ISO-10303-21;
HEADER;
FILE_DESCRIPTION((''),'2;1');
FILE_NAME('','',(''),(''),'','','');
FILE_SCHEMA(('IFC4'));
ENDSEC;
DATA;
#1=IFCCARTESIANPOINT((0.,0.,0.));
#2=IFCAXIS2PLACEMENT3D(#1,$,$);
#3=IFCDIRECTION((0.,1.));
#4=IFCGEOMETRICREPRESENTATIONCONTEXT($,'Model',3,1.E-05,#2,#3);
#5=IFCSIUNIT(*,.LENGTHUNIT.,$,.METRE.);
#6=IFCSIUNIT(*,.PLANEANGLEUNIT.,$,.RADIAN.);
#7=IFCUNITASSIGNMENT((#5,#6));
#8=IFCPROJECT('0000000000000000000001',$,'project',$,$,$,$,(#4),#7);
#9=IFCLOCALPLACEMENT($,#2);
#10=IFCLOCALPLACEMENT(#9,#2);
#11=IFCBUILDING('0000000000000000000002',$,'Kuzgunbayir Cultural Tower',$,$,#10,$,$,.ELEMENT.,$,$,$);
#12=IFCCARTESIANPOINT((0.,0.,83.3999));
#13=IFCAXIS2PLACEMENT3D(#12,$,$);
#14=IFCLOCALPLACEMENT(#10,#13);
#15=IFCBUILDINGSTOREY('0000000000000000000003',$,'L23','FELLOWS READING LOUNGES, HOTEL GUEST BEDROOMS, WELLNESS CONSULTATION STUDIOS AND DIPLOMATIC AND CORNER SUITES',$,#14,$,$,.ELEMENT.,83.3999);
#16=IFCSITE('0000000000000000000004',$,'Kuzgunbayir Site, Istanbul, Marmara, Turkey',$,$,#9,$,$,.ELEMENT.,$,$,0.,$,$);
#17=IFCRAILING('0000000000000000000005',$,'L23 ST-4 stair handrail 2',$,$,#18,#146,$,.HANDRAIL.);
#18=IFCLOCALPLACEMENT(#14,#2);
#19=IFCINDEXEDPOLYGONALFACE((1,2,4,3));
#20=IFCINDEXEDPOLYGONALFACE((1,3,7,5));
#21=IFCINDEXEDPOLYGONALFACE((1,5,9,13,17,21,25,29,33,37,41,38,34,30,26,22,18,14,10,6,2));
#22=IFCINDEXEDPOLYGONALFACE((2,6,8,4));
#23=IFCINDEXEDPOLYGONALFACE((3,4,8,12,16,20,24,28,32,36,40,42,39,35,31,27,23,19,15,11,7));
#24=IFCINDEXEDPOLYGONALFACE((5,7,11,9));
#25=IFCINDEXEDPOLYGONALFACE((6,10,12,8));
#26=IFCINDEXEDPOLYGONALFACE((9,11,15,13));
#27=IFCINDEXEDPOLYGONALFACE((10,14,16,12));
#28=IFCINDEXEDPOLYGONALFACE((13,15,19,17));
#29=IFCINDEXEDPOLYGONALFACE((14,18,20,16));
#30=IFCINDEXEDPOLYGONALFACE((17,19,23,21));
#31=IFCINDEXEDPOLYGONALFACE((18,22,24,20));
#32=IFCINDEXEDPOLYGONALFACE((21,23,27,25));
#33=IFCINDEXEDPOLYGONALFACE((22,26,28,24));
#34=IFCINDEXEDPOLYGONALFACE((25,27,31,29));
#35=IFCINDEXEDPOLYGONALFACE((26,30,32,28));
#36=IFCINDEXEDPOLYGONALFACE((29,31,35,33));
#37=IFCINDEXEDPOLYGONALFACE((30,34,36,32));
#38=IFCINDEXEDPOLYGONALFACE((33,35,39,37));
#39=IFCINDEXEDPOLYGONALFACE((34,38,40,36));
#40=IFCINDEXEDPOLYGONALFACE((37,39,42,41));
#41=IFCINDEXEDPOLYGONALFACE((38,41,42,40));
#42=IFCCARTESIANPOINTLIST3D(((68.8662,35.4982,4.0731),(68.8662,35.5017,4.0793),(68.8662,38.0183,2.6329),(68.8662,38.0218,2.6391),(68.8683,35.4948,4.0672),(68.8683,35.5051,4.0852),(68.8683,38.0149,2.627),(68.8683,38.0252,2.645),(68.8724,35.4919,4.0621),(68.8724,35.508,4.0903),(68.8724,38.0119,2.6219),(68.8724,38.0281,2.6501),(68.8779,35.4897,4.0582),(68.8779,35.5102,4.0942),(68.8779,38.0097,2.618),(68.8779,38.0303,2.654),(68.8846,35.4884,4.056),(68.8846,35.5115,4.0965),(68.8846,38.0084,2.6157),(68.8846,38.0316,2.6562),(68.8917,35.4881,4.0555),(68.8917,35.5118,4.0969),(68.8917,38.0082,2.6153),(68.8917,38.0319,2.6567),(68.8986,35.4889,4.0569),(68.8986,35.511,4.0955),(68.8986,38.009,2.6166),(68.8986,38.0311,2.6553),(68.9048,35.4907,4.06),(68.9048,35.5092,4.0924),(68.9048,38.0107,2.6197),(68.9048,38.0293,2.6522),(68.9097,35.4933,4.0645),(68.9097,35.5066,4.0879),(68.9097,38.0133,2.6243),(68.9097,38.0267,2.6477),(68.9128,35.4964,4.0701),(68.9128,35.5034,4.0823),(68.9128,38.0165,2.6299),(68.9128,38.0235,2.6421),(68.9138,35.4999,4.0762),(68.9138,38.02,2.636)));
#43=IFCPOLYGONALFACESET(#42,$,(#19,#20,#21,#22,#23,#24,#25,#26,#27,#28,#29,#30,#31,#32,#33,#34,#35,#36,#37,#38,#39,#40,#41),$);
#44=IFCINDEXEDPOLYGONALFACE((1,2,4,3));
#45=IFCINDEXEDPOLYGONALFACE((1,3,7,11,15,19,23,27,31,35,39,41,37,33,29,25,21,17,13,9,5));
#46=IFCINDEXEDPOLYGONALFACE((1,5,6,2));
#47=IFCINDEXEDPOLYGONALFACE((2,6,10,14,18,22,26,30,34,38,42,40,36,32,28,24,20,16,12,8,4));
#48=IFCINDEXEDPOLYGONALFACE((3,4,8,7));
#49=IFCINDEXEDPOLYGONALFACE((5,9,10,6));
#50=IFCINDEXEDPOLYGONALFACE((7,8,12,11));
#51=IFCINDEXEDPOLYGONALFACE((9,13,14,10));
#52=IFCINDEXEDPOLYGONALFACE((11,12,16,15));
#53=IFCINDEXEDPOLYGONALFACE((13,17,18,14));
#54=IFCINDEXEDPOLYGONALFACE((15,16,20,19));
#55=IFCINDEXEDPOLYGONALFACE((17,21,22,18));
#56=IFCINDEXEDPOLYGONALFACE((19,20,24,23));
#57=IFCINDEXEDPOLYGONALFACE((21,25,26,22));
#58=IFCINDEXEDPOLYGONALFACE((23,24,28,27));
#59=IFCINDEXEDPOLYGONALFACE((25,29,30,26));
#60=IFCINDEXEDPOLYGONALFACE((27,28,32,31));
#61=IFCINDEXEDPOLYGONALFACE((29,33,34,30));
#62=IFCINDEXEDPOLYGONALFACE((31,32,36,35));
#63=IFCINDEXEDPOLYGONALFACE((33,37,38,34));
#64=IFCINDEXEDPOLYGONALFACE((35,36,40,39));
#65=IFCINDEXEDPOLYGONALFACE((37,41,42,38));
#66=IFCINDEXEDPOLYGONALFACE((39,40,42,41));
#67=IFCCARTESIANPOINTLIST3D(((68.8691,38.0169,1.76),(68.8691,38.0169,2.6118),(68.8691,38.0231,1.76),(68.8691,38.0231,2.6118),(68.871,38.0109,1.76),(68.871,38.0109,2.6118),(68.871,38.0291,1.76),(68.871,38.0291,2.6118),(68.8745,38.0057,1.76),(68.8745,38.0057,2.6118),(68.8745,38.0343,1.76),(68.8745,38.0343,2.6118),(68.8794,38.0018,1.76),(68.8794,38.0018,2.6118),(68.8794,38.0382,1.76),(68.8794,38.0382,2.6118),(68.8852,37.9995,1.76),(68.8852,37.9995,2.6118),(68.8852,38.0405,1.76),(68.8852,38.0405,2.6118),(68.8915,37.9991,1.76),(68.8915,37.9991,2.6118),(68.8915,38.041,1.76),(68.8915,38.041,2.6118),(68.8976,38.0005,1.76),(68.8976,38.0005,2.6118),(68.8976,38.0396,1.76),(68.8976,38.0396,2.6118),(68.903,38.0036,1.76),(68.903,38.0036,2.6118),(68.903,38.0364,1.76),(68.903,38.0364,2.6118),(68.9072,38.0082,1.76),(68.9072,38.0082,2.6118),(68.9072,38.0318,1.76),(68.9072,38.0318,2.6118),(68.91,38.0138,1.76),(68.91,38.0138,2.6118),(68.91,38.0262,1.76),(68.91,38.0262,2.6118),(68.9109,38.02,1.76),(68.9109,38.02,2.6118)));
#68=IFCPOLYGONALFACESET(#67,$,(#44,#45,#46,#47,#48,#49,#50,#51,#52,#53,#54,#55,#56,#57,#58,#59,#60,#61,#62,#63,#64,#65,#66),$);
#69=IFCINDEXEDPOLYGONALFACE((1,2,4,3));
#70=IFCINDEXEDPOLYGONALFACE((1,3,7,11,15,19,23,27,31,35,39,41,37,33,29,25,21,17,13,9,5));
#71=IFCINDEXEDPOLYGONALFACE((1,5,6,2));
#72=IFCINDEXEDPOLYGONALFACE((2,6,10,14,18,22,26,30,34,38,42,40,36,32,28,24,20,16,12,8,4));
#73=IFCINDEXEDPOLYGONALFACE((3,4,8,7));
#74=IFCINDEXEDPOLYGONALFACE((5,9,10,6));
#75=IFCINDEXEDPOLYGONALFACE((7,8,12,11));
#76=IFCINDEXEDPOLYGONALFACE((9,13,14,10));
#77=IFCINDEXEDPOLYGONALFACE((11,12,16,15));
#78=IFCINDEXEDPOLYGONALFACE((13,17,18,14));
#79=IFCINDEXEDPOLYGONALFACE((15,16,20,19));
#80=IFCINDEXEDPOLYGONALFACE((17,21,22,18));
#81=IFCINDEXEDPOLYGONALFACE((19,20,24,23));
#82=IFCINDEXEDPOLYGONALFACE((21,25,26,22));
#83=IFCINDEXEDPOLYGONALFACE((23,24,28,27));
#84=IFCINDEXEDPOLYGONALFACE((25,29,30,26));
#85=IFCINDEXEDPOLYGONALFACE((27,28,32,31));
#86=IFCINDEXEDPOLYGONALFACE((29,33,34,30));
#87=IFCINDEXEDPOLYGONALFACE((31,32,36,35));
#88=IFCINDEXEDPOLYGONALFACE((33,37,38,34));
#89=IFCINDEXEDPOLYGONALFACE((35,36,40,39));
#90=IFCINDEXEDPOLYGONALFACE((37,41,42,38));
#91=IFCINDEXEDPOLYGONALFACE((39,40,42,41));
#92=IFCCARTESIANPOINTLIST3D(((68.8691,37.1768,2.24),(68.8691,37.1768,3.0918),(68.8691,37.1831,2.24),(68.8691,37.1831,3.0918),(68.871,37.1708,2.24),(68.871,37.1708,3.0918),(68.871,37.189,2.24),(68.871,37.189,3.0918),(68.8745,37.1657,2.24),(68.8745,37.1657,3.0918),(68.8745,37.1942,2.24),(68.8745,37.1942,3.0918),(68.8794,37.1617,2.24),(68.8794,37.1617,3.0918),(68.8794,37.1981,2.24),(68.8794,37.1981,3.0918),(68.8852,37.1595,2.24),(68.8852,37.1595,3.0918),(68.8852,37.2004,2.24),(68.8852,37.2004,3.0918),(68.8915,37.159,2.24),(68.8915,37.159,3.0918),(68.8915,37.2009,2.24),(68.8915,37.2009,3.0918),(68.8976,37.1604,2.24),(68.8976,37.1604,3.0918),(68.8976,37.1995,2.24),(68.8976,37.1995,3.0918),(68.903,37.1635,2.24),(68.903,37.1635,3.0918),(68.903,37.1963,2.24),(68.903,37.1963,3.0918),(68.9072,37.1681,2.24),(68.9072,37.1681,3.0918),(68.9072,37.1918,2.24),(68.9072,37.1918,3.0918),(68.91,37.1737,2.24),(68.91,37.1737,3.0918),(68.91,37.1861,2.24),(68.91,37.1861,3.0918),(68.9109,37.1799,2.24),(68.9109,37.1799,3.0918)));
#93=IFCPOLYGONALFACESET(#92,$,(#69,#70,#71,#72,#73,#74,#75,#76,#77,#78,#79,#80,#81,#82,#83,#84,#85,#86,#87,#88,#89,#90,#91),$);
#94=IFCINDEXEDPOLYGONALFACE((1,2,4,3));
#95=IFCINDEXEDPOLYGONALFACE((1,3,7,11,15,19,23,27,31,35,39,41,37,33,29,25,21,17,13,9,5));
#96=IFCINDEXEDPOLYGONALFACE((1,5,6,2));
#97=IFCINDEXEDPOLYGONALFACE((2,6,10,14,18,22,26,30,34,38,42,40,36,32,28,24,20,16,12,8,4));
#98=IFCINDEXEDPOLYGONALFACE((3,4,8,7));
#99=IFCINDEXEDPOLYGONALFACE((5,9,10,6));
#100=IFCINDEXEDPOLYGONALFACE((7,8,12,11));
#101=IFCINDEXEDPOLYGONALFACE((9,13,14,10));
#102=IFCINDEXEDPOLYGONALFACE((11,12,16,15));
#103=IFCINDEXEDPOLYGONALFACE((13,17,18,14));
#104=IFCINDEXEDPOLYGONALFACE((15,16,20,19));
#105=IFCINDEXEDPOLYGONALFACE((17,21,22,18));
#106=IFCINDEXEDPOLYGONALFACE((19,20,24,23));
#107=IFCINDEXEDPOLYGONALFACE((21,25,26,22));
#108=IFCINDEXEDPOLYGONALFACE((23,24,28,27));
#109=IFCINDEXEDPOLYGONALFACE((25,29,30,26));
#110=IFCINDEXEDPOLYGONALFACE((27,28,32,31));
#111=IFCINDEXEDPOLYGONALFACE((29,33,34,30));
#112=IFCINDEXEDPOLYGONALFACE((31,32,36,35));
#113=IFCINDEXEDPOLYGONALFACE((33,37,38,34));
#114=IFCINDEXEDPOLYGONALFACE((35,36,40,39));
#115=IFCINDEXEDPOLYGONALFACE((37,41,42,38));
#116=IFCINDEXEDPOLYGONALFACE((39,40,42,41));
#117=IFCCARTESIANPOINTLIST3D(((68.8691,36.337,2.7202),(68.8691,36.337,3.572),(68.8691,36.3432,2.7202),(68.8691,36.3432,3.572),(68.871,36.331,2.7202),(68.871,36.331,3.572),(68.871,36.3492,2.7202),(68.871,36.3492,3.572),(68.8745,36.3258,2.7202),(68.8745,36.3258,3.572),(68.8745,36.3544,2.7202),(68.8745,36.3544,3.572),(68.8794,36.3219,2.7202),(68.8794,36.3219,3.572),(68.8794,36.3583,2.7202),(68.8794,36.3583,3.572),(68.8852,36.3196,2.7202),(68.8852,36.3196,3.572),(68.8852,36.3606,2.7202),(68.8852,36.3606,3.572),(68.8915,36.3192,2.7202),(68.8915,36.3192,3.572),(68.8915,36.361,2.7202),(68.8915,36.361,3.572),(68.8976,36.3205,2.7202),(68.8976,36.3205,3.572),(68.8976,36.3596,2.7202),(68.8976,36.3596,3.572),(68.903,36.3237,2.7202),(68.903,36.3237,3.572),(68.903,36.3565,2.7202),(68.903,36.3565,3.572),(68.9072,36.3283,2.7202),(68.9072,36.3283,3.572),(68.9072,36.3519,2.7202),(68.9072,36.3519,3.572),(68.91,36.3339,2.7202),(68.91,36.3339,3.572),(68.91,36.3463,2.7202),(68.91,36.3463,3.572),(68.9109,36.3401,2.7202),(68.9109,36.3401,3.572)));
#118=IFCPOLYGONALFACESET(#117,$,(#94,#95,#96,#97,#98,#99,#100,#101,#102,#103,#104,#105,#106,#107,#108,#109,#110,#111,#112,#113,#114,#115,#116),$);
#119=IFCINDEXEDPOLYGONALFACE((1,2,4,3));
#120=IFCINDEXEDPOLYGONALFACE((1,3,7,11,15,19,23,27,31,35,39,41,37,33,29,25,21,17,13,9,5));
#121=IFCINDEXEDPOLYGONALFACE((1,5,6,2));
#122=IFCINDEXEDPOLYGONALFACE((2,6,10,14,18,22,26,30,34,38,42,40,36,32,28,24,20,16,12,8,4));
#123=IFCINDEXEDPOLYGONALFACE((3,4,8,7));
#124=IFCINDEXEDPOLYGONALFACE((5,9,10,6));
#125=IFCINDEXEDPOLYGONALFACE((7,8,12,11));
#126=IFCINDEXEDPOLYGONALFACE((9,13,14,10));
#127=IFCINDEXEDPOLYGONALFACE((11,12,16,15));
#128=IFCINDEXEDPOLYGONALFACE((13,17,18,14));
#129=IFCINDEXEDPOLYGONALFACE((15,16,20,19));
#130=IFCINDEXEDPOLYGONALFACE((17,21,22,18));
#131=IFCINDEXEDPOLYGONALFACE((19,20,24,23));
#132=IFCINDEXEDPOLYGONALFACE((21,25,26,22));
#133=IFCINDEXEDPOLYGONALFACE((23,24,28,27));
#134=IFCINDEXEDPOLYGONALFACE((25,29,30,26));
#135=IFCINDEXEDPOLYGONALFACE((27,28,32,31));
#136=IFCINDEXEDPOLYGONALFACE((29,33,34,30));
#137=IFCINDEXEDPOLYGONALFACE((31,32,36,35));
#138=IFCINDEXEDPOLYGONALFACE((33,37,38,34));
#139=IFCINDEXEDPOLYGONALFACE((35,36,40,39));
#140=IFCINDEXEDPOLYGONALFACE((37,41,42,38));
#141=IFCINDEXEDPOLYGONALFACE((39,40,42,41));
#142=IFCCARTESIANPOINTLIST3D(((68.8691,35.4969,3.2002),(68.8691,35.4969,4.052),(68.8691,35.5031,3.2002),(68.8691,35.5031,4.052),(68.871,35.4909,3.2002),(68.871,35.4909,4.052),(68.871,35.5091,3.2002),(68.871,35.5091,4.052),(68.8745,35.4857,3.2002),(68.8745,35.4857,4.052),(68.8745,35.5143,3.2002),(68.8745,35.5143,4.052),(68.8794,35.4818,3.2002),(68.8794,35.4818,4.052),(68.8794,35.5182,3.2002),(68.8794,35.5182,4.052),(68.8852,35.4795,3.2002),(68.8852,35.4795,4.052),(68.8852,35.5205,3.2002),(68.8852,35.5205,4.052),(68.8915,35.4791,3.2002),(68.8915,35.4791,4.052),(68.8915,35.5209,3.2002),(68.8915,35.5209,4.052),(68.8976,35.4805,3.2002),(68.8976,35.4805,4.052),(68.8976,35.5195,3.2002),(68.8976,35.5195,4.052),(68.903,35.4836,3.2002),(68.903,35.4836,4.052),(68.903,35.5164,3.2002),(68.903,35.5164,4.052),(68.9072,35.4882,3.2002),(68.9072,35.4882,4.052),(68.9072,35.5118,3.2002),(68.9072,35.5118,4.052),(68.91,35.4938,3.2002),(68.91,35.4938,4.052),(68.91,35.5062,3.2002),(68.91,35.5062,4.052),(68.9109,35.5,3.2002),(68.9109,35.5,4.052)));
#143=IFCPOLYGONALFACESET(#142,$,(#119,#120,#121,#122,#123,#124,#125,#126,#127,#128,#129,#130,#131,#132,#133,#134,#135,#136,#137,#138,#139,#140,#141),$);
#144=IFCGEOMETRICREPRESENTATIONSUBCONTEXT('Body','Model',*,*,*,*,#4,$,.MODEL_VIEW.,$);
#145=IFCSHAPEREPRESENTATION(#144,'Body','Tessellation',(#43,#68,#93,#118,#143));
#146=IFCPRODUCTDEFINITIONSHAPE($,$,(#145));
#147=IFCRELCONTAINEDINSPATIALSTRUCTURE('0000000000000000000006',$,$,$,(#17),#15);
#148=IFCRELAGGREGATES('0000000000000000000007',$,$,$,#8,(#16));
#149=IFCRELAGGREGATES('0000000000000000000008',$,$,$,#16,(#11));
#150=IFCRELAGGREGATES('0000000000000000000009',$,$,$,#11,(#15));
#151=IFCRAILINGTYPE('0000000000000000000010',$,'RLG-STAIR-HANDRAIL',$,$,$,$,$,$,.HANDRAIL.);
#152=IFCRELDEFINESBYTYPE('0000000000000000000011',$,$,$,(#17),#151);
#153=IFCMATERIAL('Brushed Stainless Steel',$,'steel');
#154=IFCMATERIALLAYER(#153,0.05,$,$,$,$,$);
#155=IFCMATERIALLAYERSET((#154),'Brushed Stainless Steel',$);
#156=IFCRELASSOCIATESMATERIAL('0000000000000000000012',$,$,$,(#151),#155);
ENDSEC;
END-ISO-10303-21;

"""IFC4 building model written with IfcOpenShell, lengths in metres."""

from ifc_helpers import new_model, si_unit, direction, frame, origin, origin_2d, place, context, subcontext, project, spatial, circle, extrude, material, layer, layer_set, type_object, element, save


model = new_model("IFC4")

# Units and contexts
model_context = context("Model", 3, precision=1e-05, world=origin(), true_north=direction((0.0, 1.0)))
body_context = subcontext(model_context, "Body", "Model", "MODEL_VIEW")
ifc_project = project(units=[si_unit("LENGTHUNIT", "METRE"), si_unit("PLANEANGLEUNIT", "RADIAN")], contexts=[model_context])

# Site, building, storey
site_placement = place(None, origin())
site = spatial("IfcSite", under=ifc_project, at=site_placement, Name="Kuzgunbayir Site, Istanbul, Marmara, Turkey", CompositionType="ELEMENT", RefElevation=0.0)
building_placement = place(site_placement, origin())
building = spatial("IfcBuilding", under=site, at=building_placement, Name="Kuzgunbayir Cultural Tower", CompositionType="ELEMENT")
storey_placement = place(building_placement, frame((0.0, 0.0, 83.3999)))
storey = spatial("IfcBuildingStorey", under=building, at=storey_placement, Name="L23", Description="FELLOWS READING LOUNGES, HOTEL GUEST BEDROOMS, WELLNESS CONSULTATION STUDIOS AND DIPLOMATIC AND CORNER SUITES", CompositionType="ELEMENT", Elevation=83.3999)

# Shared definitions
ifc_material_1 = material(Name="Brushed Stainless Steel", Category="steel")

# Railing
ifc_layer_1 = layer(ifc_material_1, 0.05)
ifc_layer_set_1 = layer_set([ifc_layer_1], Name="Brushed Stainless Steel")
railing_type_1 = type_object("IfcRailingType", Name="RLG-STAIR-HANDRAIL", PredefinedType="HANDRAIL", material=ifc_layer_set_1)
railing_1_placement = place(storey_placement, frame((68.8899, 38.02, 1.76)))
element("IfcRailing", 1, at=railing_1_placement, inside=storey, type_object=railing_type_1, Name="L23 ST-4 stair handrail 2", PredefinedType="HANDRAIL", context=body_context, shape_type="SweptSolid", body=[
    extrude(circle(Radius=0.0239, at=origin_2d()), frame((0.0, 0.0, 0.876), z_axis=(0.0, -0.868217, 0.496184), x_axis=(1.0, 0.0, 0.0)), (0.0, 0.0, 1.0), 2.9026),
    extrude(circle(Radius=0.021, at=origin_2d()), origin(), (0.0, 0.0, 1.0), 0.8518),
    extrude(circle(Radius=0.021, at=origin_2d()), frame((0.0, -0.8401, 0.48)), (0.0, 0.0, 1.0), 0.8518),
    extrude(circle(Radius=0.021, at=origin_2d()), frame((0.0, -1.6799, 0.9602)), (0.0, 0.0, 1.0), 0.8518),
    extrude(circle(Radius=0.021, at=origin_2d()), frame((0.0, -2.52, 1.4402)), (0.0, 0.0, 1.0), 0.8518),
])

save(model, "model.ifc")
